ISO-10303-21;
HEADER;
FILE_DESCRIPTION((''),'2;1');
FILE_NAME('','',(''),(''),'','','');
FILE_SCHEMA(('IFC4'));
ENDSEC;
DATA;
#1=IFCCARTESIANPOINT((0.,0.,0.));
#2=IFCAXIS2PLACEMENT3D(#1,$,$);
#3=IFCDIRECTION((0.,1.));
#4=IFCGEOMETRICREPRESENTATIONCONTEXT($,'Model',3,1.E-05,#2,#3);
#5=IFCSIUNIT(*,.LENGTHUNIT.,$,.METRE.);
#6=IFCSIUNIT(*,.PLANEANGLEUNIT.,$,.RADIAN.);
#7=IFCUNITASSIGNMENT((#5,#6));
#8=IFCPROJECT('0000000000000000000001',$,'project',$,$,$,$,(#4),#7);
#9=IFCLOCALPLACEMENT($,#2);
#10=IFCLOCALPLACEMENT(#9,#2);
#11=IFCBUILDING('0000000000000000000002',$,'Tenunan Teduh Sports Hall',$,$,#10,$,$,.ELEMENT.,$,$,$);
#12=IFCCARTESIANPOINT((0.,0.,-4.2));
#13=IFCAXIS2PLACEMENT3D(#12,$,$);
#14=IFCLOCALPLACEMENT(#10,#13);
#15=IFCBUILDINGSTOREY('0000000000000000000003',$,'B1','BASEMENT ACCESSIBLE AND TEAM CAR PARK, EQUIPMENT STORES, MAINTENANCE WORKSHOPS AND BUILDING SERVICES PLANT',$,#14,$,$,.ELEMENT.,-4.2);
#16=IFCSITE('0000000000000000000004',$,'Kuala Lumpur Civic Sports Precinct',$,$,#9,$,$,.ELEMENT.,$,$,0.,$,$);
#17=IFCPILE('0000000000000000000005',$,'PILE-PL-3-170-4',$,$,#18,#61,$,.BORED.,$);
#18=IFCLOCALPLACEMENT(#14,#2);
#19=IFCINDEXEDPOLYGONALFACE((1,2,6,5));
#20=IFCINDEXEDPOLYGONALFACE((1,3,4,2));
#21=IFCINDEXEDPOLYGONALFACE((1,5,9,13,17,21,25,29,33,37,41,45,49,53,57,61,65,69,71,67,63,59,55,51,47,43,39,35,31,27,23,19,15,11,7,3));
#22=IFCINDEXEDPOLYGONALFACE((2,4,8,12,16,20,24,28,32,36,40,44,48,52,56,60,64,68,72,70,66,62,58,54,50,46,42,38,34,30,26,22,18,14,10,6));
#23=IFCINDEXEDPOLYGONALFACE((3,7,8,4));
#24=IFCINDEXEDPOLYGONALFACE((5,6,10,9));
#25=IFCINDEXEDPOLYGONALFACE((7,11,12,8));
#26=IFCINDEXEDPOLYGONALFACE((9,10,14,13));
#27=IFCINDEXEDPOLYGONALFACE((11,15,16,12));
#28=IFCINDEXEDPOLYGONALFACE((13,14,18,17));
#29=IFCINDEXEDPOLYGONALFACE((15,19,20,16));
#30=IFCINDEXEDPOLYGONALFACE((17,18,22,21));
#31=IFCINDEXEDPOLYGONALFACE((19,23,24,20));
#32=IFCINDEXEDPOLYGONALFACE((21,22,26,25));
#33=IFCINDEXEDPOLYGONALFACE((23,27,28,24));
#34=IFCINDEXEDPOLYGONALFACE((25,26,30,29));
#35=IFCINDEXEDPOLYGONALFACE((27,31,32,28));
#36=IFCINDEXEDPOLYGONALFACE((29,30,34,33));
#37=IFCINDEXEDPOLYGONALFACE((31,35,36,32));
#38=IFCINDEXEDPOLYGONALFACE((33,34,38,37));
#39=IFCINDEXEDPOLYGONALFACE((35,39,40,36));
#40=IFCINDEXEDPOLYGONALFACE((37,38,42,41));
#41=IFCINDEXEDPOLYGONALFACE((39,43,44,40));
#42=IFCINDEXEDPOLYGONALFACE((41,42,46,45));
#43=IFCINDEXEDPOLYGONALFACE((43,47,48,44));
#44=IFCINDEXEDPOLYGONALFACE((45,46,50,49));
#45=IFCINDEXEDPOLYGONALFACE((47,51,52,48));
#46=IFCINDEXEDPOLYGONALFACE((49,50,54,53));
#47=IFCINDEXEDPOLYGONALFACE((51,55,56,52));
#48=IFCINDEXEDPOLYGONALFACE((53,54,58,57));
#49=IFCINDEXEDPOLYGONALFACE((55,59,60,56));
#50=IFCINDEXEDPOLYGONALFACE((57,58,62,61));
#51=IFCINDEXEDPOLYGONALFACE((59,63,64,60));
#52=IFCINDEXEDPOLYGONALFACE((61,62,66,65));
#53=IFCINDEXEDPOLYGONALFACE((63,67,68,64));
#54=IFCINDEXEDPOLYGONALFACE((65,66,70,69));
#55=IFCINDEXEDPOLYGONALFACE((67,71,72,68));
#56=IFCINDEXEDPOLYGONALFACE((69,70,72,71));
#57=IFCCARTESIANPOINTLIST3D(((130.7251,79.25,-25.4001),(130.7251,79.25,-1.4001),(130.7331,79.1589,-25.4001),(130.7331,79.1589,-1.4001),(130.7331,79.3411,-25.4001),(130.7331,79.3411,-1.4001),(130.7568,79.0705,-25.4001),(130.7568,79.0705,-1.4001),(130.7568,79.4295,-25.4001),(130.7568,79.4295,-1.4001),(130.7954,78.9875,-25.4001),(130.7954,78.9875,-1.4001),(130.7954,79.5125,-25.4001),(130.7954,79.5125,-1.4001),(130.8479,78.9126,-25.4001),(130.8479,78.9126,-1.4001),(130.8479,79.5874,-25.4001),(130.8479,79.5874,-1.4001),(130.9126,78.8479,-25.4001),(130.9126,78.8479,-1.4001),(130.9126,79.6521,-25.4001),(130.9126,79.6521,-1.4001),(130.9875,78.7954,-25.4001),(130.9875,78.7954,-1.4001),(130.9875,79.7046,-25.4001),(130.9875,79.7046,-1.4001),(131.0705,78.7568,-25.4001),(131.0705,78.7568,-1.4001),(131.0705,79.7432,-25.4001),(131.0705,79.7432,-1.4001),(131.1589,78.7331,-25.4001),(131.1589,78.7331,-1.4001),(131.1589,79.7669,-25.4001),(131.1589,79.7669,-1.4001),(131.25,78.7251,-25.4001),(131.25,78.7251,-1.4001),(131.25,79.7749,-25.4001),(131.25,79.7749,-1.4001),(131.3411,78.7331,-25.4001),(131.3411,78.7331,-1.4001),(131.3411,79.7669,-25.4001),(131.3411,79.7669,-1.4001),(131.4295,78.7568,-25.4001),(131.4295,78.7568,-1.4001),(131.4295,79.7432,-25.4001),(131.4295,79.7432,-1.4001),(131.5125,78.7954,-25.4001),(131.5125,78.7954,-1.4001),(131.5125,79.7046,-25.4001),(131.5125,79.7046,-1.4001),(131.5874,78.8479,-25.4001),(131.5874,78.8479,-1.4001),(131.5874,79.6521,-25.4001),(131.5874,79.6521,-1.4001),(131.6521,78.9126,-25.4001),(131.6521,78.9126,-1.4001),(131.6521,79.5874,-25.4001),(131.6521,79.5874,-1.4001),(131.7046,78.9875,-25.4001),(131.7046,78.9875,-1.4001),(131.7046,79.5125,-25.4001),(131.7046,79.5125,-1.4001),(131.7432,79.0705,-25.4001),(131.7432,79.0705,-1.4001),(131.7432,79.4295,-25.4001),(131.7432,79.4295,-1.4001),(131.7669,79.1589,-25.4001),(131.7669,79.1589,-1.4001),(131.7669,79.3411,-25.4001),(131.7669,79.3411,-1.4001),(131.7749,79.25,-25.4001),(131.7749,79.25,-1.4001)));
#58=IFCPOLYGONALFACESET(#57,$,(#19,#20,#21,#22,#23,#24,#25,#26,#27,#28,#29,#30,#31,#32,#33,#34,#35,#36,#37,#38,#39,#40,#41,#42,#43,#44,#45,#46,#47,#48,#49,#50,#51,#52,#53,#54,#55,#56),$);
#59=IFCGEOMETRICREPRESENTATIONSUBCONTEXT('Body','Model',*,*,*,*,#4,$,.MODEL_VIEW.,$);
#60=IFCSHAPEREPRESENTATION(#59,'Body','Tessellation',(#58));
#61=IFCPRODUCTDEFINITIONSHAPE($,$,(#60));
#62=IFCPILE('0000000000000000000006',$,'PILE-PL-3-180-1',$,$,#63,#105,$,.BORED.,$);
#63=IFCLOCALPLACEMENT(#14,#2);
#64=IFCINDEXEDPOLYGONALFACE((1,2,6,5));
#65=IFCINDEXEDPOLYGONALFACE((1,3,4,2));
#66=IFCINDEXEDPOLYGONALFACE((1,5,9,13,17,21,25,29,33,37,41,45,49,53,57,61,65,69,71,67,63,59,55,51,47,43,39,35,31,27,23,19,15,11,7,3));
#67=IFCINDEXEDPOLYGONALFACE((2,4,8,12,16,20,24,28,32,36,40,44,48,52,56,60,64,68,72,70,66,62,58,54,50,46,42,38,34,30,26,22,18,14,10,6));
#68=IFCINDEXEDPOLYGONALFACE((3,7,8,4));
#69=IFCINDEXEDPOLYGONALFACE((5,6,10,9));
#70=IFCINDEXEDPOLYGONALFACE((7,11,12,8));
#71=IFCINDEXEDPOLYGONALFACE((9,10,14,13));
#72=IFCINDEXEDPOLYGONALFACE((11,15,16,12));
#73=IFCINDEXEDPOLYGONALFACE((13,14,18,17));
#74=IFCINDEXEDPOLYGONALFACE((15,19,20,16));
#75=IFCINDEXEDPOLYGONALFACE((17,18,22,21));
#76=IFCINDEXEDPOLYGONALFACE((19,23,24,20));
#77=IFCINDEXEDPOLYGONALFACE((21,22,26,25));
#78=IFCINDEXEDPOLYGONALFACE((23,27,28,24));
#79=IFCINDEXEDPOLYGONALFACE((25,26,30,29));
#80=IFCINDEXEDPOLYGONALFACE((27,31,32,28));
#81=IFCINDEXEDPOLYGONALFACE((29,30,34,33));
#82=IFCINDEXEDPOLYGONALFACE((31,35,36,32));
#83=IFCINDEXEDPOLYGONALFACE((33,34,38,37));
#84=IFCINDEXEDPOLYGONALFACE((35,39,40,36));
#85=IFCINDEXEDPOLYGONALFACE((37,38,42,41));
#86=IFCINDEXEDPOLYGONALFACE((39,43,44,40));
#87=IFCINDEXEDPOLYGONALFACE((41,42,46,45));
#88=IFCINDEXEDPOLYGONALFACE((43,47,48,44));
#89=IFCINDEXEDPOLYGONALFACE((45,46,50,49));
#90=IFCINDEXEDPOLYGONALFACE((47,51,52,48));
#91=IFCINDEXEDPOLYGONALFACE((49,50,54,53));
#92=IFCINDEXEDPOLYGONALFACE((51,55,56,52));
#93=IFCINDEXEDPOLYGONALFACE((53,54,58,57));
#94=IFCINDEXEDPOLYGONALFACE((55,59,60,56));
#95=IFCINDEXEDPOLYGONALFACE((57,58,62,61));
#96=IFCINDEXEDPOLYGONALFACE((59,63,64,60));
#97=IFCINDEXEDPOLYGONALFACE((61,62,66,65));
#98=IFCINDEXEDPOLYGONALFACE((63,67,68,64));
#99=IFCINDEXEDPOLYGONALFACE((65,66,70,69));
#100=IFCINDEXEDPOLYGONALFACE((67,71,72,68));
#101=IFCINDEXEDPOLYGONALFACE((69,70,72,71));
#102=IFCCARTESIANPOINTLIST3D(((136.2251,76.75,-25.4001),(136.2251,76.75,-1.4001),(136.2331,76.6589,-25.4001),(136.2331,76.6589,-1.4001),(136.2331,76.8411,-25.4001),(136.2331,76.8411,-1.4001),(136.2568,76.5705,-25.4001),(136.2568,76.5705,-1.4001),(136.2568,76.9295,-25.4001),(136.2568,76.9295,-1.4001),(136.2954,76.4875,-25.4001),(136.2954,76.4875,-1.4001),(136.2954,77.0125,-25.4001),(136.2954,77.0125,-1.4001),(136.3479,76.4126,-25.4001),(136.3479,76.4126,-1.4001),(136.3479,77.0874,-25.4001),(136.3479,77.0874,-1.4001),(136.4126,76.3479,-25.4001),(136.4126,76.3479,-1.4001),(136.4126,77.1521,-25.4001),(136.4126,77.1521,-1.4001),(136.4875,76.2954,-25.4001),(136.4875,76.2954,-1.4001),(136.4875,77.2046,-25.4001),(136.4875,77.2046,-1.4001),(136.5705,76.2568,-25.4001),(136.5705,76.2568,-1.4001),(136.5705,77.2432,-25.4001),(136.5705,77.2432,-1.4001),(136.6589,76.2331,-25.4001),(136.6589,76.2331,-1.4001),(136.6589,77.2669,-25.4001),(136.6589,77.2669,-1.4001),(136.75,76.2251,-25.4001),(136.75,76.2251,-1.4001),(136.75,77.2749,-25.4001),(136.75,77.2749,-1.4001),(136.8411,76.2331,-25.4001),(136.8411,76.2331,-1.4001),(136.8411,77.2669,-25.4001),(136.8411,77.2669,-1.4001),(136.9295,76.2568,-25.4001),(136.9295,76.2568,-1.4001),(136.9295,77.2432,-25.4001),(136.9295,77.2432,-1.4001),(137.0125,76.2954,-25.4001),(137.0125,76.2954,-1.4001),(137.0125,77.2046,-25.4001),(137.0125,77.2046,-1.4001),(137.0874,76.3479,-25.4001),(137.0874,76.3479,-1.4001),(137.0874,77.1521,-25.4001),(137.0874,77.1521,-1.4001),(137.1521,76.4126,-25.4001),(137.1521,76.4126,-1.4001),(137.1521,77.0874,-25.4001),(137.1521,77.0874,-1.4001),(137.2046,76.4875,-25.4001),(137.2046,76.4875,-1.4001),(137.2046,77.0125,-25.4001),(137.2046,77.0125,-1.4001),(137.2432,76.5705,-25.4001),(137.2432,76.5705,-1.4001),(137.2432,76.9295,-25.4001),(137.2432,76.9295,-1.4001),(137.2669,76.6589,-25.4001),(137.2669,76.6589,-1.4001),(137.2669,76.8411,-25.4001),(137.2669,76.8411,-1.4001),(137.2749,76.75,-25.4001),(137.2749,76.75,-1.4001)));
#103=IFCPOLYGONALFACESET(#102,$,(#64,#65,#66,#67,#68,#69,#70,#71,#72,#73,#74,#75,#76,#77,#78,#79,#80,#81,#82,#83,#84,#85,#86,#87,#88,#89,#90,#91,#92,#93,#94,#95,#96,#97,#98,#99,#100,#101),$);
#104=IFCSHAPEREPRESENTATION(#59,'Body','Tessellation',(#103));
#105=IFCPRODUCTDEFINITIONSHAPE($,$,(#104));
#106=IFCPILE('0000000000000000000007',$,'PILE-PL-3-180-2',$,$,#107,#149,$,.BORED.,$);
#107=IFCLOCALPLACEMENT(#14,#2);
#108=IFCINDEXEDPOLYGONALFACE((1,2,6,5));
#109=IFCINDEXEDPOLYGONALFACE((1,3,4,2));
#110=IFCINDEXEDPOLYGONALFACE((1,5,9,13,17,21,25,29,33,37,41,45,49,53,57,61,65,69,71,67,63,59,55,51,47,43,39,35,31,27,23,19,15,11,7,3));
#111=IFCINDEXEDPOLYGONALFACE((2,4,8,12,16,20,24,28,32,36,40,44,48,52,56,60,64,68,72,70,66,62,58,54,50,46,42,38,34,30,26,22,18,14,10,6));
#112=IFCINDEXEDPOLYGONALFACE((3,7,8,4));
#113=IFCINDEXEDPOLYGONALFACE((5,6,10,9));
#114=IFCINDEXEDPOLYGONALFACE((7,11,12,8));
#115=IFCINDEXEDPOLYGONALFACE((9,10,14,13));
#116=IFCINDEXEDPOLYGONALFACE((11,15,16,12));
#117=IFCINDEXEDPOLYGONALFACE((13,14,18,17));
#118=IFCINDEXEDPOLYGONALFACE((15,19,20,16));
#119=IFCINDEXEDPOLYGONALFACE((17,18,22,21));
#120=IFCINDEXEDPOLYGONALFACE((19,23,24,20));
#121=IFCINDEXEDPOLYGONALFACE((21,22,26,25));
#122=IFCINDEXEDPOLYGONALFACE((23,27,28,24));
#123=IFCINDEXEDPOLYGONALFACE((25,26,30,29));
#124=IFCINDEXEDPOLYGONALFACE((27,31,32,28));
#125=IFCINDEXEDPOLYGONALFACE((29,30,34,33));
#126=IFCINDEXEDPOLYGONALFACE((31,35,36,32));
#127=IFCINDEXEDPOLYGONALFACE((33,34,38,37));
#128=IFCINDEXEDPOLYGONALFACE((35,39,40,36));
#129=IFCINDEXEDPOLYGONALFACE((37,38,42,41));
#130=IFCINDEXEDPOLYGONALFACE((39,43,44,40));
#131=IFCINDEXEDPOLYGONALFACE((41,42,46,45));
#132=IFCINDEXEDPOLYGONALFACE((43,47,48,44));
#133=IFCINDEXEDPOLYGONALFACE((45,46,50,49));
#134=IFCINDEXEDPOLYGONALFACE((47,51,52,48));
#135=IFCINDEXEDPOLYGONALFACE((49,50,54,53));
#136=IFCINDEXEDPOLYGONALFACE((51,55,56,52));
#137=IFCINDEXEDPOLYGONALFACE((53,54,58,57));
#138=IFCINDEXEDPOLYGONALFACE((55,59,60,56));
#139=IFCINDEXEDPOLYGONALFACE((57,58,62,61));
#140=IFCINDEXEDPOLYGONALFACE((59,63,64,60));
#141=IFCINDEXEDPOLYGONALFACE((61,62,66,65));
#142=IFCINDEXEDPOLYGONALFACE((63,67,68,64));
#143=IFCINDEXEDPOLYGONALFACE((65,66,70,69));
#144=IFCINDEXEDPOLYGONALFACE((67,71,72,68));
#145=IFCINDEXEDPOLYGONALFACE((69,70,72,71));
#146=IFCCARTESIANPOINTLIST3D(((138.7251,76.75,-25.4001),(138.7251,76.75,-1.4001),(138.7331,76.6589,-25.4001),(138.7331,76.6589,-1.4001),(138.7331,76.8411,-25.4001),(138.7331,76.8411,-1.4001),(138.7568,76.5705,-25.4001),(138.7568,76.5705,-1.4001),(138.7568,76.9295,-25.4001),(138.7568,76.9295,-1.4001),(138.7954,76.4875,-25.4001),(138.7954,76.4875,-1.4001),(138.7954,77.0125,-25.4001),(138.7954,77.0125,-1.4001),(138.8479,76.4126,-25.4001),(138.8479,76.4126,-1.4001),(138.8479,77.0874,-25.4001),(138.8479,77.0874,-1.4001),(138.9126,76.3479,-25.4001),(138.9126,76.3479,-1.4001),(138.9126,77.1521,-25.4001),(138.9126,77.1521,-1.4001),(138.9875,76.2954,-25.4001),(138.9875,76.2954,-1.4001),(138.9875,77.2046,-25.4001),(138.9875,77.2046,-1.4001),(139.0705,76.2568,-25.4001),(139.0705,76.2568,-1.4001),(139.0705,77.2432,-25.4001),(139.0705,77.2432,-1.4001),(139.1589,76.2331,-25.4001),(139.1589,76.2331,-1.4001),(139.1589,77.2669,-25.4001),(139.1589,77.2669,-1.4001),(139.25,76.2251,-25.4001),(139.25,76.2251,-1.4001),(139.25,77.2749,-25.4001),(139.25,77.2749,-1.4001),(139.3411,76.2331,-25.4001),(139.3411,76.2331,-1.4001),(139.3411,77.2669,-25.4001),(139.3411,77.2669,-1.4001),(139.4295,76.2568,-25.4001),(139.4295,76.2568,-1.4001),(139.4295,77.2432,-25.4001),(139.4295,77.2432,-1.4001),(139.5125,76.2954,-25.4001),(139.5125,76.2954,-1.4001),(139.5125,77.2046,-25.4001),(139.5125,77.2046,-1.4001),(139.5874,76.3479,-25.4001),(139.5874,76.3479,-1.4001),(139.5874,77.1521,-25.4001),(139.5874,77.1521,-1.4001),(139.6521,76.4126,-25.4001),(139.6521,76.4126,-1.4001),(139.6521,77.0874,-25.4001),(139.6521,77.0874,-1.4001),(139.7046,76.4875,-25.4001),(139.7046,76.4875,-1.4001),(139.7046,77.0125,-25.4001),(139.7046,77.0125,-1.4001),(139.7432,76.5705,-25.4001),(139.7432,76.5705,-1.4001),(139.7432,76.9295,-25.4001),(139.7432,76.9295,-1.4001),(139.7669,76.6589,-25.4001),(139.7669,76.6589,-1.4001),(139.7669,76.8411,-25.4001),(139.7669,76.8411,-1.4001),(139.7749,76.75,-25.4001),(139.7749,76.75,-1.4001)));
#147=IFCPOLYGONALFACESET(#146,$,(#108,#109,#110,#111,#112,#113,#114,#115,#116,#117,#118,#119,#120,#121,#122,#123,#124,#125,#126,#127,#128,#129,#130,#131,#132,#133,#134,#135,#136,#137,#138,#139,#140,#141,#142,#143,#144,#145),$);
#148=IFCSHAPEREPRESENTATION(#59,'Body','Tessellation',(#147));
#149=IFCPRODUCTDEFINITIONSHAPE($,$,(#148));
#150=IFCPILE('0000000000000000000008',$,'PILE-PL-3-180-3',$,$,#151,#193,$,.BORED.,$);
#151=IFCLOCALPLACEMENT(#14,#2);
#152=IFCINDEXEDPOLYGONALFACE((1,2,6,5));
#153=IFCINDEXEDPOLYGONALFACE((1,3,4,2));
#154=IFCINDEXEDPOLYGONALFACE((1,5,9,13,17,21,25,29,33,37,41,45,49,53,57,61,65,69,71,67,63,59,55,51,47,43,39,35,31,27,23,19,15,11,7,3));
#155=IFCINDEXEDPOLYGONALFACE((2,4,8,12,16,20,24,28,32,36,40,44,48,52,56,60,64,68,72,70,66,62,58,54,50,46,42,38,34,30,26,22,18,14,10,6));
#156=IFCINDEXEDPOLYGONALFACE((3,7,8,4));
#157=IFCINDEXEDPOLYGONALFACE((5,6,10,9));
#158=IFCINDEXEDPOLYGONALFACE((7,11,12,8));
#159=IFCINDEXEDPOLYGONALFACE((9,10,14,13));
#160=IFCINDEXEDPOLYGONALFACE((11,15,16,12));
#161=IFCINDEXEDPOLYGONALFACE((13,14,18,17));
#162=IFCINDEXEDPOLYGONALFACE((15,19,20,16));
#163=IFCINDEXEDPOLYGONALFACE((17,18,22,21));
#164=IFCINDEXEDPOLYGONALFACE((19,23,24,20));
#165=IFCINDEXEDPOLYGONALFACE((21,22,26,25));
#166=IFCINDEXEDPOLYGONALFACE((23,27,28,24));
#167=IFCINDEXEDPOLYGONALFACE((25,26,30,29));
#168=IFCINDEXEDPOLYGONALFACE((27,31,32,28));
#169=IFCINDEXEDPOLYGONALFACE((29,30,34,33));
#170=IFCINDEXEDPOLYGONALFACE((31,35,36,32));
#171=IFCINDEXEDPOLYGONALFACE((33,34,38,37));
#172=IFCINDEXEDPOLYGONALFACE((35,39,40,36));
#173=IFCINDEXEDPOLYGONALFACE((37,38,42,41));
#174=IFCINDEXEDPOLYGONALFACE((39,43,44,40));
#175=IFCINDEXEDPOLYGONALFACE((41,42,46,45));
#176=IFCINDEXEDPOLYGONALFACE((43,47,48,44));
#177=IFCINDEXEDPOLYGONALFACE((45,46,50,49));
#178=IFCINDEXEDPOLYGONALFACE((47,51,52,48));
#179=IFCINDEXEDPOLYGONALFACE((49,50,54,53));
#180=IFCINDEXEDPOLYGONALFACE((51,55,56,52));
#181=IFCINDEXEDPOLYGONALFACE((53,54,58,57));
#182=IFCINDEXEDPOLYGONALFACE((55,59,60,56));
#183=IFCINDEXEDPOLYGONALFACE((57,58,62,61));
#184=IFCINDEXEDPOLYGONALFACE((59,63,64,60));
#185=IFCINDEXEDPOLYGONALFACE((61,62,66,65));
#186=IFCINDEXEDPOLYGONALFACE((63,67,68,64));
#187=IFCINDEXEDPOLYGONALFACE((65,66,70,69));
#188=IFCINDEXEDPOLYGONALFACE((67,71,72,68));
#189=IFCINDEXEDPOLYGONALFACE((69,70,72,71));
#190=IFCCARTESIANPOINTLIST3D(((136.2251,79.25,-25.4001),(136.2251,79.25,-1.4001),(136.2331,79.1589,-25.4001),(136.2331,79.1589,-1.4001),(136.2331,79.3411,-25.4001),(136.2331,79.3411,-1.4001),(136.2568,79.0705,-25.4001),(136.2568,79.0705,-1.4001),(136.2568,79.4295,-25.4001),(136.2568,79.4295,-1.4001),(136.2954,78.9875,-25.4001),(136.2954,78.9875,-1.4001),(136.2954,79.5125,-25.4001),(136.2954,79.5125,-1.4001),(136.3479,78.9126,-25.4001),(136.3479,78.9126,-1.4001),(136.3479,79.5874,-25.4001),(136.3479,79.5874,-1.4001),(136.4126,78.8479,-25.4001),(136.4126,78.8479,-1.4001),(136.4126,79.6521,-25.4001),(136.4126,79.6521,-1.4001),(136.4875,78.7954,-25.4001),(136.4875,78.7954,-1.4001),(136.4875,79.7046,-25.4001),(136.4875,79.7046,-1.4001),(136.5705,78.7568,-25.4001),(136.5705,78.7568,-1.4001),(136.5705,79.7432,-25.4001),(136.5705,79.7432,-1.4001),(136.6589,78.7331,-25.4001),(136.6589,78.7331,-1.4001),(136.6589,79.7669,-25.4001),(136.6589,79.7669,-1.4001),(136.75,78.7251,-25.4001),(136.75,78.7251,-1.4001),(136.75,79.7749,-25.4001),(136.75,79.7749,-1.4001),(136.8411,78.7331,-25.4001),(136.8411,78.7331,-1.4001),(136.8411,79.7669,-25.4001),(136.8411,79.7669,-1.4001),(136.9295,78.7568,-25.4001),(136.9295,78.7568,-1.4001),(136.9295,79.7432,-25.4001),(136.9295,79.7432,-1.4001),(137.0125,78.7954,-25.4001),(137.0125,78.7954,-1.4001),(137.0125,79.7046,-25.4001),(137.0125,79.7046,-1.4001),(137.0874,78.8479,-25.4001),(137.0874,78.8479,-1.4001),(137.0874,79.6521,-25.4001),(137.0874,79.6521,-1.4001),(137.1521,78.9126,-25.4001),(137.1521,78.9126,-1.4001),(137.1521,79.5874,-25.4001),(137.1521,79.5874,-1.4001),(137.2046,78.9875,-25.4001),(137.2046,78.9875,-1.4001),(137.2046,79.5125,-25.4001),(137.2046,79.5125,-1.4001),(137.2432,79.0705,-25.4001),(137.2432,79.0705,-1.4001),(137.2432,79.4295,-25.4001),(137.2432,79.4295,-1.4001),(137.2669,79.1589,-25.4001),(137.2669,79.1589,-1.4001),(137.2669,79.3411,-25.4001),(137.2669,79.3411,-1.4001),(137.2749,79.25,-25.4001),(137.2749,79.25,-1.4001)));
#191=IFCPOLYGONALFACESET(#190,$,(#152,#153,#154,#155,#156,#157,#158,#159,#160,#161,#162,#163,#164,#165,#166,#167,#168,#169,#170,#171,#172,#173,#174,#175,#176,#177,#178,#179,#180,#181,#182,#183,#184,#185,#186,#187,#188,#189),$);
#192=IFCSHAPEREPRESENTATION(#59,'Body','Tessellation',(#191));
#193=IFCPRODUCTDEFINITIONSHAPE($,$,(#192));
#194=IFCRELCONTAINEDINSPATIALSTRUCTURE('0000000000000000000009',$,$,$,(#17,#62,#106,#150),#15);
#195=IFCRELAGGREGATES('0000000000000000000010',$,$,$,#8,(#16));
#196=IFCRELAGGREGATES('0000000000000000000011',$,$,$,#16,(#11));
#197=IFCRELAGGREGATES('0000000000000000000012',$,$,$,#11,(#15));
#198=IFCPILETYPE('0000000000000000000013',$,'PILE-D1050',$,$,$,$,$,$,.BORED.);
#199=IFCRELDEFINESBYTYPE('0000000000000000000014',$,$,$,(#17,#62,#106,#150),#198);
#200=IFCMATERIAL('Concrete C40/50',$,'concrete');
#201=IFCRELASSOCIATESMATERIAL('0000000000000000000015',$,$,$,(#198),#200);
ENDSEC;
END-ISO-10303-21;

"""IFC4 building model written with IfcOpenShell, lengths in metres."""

from ifc_helpers import new_model, si_unit, direction, frame, origin, origin_2d, place, context, subcontext, project, spatial, circle, extrude, material, material_profile, profile_set, type_object, element, save


model = new_model("IFC4")

# Units and contexts
model_context = context("Model", 3, precision=1e-05, world=origin(), true_north=direction((0.0, 1.0)))
body_context = subcontext(model_context, "Body", "Model", "MODEL_VIEW")
ifc_project = project(units=[si_unit("LENGTHUNIT", "METRE"), si_unit("PLANEANGLEUNIT", "RADIAN")], contexts=[model_context])

# Site, building, storey
site_placement = place(None, origin())
site = spatial("IfcSite", under=ifc_project, at=site_placement, Name="Kuala Lumpur Civic Sports Precinct", CompositionType="ELEMENT", RefElevation=0.0)
building_placement = place(site_placement, origin())
building = spatial("IfcBuilding", under=site, at=building_placement, Name="Tenunan Teduh Sports Hall", CompositionType="ELEMENT")
storey_placement = place(building_placement, frame((0.0, 0.0, -4.2)))
storey = spatial("IfcBuildingStorey", under=building, at=storey_placement, Name="B1", Description="BASEMENT ACCESSIBLE AND TEAM CAR PARK, EQUIPMENT STORES, MAINTENANCE WORKSHOPS AND BUILDING SERVICES PLANT", CompositionType="ELEMENT", Elevation=-4.2)

# Piles
ifc_material_1 = material(Name="Concrete C40/50", Category="concrete")
ifc_material_profile_1 = material_profile(ifc_material_1, circle(Radius=0.5249, at=origin_2d()), Name="PILE D1050")
ifc_profile_set_1 = profile_set([ifc_material_profile_1], Name="Concrete C40/50")
pile_type_1 = type_object("IfcPileType", Name="PILE-D1050", PredefinedType="BORED", material=ifc_profile_set_1)
for number, where, z_axis, x_axis, name in (
    (1, (131.25, 79.25, -1.4001), (0.0, 0.0, -1.0), (1.0, 0.0, 0.0), "PILE-PL-3-170-4"),
    (2, (136.75, 76.75, -1.4001), (0.0, 0.0, -1.0), (1.0, 0.0, 0.0), "PILE-PL-3-180-1"),
    (3, (139.25, 76.75, -1.4001), (0.0, 0.0, -1.0), (1.0, 0.0, 0.0), "PILE-PL-3-180-2"),
    (4, (136.75, 79.25, -1.4001), (0.0, 0.0, -1.0), (1.0, 0.0, 0.0), "PILE-PL-3-180-3"),
):
    element("IfcPile", number, at=place(storey_placement, frame(where, z_axis=z_axis, x_axis=x_axis)), inside=storey, type_object=pile_type_1, Name=name, PredefinedType="BORED", context=body_context, shape_type="SweptSolid", body=[
        extrude(circle(Radius=0.5249, at=origin_2d()), origin(), (0.0, 0.0, 1.0), 24.0),
    ])

save(model, "model.ifc")
